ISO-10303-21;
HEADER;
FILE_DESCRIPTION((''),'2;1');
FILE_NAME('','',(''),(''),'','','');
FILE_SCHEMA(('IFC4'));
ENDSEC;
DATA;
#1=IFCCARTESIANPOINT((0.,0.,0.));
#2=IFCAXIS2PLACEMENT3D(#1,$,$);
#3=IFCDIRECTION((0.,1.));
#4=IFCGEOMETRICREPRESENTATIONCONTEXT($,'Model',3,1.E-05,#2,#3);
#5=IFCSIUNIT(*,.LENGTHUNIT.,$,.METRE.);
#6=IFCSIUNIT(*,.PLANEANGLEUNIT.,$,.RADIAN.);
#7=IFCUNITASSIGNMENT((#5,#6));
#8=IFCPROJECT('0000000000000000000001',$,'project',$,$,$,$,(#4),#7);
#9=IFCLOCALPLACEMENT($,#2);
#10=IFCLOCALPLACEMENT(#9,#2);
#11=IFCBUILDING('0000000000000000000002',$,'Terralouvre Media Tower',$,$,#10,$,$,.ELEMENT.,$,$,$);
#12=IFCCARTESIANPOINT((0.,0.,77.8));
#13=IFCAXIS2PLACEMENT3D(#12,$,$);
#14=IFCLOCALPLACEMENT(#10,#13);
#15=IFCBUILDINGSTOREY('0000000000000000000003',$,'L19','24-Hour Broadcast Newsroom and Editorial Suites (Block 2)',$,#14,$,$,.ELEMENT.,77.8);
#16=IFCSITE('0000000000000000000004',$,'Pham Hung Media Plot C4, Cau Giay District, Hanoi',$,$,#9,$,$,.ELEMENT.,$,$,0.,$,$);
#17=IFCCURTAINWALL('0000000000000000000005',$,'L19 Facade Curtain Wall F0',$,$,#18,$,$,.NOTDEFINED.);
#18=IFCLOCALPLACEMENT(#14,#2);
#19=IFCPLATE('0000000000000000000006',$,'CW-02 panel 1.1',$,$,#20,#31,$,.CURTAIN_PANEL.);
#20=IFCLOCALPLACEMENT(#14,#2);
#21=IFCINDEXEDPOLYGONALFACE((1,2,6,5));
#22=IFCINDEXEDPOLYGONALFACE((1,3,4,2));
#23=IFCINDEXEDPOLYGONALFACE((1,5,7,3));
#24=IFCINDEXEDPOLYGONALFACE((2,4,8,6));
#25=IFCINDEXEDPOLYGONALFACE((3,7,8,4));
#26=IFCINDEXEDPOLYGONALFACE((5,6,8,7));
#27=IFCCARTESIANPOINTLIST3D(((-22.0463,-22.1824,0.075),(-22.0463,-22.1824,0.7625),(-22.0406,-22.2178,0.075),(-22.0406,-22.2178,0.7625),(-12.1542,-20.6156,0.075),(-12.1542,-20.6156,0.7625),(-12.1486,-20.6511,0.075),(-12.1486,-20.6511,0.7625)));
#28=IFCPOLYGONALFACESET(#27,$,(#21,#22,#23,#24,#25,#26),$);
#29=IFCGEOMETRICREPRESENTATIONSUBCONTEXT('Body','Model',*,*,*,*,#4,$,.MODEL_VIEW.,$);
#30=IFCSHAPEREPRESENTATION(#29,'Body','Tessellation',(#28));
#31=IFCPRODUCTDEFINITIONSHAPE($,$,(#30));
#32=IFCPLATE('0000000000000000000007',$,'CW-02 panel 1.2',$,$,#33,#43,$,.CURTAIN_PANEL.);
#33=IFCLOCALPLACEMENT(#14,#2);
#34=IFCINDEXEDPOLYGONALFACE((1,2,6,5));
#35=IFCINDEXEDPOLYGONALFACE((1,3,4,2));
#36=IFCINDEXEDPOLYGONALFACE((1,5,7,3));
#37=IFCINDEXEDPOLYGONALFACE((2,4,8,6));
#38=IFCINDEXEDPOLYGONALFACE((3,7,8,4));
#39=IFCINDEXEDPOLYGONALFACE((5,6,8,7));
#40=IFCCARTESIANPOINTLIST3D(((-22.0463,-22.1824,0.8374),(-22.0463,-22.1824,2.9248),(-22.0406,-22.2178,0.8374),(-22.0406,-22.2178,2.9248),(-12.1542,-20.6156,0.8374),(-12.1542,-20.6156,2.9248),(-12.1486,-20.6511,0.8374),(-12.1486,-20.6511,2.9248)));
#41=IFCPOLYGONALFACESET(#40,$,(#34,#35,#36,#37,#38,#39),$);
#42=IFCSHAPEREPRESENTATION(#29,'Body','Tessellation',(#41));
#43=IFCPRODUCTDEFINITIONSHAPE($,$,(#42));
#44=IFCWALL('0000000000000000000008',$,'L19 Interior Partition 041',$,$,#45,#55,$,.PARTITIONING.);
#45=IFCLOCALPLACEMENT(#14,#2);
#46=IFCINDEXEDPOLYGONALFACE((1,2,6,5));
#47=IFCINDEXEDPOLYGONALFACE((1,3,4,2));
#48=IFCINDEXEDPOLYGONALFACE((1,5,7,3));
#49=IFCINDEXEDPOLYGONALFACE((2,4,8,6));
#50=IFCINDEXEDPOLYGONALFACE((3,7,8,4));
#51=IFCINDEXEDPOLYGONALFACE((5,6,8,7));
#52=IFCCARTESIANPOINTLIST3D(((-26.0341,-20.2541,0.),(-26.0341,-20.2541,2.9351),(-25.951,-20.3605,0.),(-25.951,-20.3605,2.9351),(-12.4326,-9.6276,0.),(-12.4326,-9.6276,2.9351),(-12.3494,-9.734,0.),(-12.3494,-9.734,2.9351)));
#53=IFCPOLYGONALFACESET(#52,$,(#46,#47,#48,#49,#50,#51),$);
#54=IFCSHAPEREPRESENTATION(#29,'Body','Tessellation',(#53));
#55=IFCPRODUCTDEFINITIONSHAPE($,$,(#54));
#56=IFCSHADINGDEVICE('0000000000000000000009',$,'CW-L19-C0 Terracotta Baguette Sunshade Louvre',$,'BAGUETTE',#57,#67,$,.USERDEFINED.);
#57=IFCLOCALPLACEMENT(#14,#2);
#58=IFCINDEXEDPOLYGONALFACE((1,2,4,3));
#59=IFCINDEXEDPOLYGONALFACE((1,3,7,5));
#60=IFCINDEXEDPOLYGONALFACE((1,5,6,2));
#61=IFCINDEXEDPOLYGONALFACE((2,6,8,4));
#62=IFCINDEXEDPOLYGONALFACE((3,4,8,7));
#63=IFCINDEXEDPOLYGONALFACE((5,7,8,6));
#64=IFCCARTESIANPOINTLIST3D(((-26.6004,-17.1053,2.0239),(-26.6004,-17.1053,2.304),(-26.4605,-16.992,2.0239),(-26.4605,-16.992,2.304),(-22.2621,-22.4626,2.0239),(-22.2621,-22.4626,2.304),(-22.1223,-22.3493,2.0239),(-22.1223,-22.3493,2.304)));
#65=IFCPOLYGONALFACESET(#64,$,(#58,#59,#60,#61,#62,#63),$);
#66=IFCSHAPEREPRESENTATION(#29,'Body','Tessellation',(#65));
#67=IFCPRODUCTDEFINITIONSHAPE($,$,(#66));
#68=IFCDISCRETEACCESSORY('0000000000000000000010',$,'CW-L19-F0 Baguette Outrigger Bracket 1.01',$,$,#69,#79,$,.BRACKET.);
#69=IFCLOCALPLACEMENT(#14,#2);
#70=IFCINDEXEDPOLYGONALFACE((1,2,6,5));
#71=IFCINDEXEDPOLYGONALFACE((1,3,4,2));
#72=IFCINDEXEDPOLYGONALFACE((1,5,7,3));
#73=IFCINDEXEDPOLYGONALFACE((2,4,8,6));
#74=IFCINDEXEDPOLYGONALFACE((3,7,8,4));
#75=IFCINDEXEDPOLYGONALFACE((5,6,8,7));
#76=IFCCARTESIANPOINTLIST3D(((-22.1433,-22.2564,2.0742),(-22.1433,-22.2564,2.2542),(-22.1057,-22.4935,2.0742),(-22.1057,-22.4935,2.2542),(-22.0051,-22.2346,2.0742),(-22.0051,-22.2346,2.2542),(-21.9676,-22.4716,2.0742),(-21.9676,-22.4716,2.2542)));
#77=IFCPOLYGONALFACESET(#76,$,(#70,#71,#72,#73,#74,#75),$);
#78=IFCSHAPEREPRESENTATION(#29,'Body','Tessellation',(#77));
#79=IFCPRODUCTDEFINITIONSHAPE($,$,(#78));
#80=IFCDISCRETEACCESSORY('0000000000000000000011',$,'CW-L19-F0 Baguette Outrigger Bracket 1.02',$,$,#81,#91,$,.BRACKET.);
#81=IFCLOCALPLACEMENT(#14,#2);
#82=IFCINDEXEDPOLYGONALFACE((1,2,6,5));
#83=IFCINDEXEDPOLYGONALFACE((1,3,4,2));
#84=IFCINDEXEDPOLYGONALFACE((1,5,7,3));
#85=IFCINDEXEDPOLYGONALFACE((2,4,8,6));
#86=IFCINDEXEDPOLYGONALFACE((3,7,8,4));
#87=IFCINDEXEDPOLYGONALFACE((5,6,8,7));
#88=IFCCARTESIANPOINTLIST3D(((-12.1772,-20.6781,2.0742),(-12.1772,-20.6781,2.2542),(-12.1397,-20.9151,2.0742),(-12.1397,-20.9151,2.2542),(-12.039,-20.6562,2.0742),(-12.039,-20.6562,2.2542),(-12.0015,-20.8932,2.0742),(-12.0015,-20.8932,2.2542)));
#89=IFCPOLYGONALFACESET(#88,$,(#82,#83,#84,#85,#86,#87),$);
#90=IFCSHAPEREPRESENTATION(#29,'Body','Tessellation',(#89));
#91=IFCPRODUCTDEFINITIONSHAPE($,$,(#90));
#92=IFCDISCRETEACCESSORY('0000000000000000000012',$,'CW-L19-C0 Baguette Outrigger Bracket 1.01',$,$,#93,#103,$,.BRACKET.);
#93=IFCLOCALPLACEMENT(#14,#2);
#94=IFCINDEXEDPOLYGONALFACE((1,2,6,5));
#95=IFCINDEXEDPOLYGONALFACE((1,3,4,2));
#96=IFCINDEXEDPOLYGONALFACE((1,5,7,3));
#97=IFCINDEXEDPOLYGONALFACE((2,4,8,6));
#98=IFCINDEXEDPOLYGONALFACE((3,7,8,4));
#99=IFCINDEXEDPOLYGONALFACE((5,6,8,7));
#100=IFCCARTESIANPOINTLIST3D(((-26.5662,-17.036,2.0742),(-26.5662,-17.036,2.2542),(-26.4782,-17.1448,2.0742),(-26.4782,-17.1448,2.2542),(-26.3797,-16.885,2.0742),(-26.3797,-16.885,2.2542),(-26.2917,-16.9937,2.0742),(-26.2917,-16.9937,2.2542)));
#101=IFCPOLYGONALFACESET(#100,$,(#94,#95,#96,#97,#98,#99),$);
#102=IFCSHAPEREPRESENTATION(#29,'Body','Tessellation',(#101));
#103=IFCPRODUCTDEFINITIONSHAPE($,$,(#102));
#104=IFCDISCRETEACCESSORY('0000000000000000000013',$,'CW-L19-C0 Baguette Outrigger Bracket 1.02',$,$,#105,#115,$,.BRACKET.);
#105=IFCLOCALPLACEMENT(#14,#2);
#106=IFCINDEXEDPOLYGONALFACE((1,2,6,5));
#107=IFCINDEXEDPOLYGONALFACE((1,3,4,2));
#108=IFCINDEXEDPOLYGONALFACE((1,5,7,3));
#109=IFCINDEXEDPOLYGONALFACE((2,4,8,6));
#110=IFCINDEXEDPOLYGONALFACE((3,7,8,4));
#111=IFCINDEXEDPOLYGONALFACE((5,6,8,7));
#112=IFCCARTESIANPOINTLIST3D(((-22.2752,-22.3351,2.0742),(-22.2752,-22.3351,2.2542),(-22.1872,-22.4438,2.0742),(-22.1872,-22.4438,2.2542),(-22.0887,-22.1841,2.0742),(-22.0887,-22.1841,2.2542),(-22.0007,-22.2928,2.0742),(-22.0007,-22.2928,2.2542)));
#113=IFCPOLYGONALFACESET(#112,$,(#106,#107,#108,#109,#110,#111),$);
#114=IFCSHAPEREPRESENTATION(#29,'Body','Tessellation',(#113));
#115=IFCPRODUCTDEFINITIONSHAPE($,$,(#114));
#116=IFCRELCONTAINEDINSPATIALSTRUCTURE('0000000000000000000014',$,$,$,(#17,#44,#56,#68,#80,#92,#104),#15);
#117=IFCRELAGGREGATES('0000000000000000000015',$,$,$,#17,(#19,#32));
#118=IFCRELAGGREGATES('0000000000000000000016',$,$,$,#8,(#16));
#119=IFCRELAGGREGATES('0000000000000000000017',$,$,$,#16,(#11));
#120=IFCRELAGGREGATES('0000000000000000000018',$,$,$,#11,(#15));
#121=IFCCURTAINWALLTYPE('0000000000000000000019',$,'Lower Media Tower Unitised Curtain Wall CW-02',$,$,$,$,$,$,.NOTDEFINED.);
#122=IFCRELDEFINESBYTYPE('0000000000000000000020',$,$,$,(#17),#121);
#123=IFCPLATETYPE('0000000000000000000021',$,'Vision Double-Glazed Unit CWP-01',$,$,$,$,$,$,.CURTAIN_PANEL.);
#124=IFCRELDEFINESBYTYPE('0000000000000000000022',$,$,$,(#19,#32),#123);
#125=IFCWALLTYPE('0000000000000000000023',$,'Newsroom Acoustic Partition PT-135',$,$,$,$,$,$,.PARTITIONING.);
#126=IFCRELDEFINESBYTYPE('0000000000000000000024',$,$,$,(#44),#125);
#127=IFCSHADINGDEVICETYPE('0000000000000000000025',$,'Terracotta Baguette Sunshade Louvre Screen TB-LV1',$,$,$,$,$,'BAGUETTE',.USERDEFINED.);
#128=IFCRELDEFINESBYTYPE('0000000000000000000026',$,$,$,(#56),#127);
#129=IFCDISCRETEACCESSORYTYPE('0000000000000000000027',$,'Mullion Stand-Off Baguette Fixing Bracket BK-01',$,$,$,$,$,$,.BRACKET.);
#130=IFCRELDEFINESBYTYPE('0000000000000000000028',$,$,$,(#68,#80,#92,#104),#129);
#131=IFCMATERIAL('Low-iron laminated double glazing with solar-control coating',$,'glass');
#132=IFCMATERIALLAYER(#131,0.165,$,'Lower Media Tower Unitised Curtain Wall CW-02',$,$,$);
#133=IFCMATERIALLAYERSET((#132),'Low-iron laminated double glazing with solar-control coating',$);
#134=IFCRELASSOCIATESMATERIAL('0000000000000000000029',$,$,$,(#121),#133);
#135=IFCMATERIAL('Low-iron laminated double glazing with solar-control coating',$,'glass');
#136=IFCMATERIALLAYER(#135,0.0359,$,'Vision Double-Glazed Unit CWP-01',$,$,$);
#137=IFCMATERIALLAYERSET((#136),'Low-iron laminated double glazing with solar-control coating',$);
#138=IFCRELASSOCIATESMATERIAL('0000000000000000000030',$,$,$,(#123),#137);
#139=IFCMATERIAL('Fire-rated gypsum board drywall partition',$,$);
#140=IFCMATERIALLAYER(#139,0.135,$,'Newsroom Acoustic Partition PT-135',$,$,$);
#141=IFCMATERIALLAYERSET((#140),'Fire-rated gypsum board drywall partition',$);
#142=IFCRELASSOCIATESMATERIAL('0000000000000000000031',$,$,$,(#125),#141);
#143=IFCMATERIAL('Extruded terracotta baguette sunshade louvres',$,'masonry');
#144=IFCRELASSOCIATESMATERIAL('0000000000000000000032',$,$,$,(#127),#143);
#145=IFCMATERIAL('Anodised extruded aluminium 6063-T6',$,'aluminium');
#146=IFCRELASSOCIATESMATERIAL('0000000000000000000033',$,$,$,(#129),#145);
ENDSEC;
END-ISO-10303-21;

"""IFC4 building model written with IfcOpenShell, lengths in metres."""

from ifc_helpers import new_model, si_unit, direction, frame, frame_2d, origin, origin_2d, place, context, subcontext, project, spatial, rectangle, extrude, material, layer, layer_set, type_object, element, aggregate, save


model = new_model("IFC4")

# Units and contexts
model_context = context("Model", 3, precision=1e-05, world=origin(), true_north=direction((0.0, 1.0)))
body_context = subcontext(model_context, "Body", "Model", "MODEL_VIEW")
ifc_project = project(units=[si_unit("LENGTHUNIT", "METRE"), si_unit("PLANEANGLEUNIT", "RADIAN")], contexts=[model_context])

# Site, building, storey
site_placement = place(None, origin())
site = spatial("IfcSite", under=ifc_project, at=site_placement, Name="Pham Hung Media Plot C4, Cau Giay District, Hanoi", CompositionType="ELEMENT", RefElevation=0.0)
building_placement = place(site_placement, origin())
building = spatial("IfcBuilding", under=site, at=building_placement, Name="Terralouvre Media Tower", CompositionType="ELEMENT")
storey_placement = place(building_placement, frame((0.0, 0.0, 77.8)))
storey = spatial("IfcBuildingStorey", under=building, at=storey_placement, Name="L19", Description="24-Hour Broadcast Newsroom and Editorial Suites (Block 2)", CompositionType="ELEMENT", Elevation=77.8)

# Curtain wall
ifc_material_1 = material(Name="Low-iron laminated double glazing with solar-control coating", Category="glass")
ifc_layer_1 = layer(ifc_material_1, 0.165, Name="Lower Media Tower Unitised Curtain Wall CW-02")
ifc_layer_set_1 = layer_set([ifc_layer_1], Name="Low-iron laminated double glazing with solar-control coating")
curtain_wall_type_1 = type_object("IfcCurtainWallType", Name="Lower Media Tower Unitised Curtain Wall CW-02", PredefinedType="NOTDEFINED", material=ifc_layer_set_1)
curtain_wall_1_placement = place(storey_placement, origin())
curtain_wall_1 = element("IfcCurtainWall", 1, at=curtain_wall_1_placement, inside=storey, type_object=curtain_wall_type_1, Name="L19 Facade Curtain Wall F0", PredefinedType="NOTDEFINED")

# Plates
ifc_material_2 = material(Name="Low-iron laminated double glazing with solar-control coating", Category="glass")
ifc_layer_2 = layer(ifc_material_2, 0.0359, Name="Vision Double-Glazed Unit CWP-01")
ifc_layer_set_2 = layer_set([ifc_layer_2], Name="Low-iron laminated double glazing with solar-control coating")
plate_type_1 = type_object("IfcPlateType", Name="Vision Double-Glazed Unit CWP-01", PredefinedType="CURTAIN_PANEL", material=ifc_layer_set_2)
plate_1_placement = place(storey_placement, frame((-17.0974, -21.4167, 0.075), z_axis=(0.0, 0.0, 1.0), x_axis=(0.987688, 0.156434, 0.0)))
plate_1 = element("IfcPlate", 2, at=plate_1_placement, type_object=plate_type_1, Name="CW-02 panel 1.1", PredefinedType="CURTAIN_PANEL", context=body_context, shape_type="SweptSolid", body=[
    extrude(rectangle(XDim=10.0154, YDim=0.0359, at=origin_2d()), origin(), (0.0, 0.0, 1.0), 0.6875),
])
plate_2_placement = place(storey_placement, frame((-17.0974, -21.4167, 0.8374), z_axis=(0.0, 0.0, 1.0), x_axis=(0.987688, 0.156434, 0.0)))
plate_2 = element("IfcPlate", 3, at=plate_2_placement, type_object=plate_type_1, Name="CW-02 panel 1.2", PredefinedType="CURTAIN_PANEL", context=body_context, shape_type="SweptSolid", body=[
    extrude(rectangle(XDim=10.0154, YDim=0.0359, at=origin_2d()), origin(), (0.0, 0.0, 1.0), 2.0874),
])
aggregate(curtain_wall_1, [plate_1, plate_2])

# Wall
ifc_material_3 = material(Name="Fire-rated gypsum board drywall partition")
ifc_layer_3 = layer(ifc_material_3, 0.135, Name="Newsroom Acoustic Partition PT-135")
ifc_layer_set_3 = layer_set([ifc_layer_3], Name="Fire-rated gypsum board drywall partition")
wall_type = type_object("IfcWallType", Name="Newsroom Acoustic Partition PT-135", PredefinedType="PARTITIONING", material=ifc_layer_set_3)
wall_placement = place(storey_placement, frame((-25.9927, -20.3074, 0.0), z_axis=(0.0, 0.0, 1.0), x_axis=(0.788018, 0.615653, 0.0)))
element("IfcWall", 4, at=wall_placement, inside=storey, type_object=wall_type, Name="L19 Interior Partition 041", PredefinedType="PARTITIONING", context=body_context, shape_type="SweptSolid", body=[
    extrude(rectangle(XDim=17.2605, YDim=0.135, at=frame_2d((8.6304, 0.0))), origin(), (0.0, 0.0, 1.0), 2.9351),
])

# Shading device
ifc_material_4 = material(Name="Extruded terracotta baguette sunshade louvres", Category="masonry")
shading_device_type = type_object("IfcShadingDeviceType", Name="Terracotta Baguette Sunshade Louvre Screen TB-LV1", ElementType="BAGUETTE", PredefinedType="USERDEFINED", material=ifc_material_4)
shading_device_placement = place(storey_placement, frame((-24.3613, -19.7273, 2.0239), z_axis=(0.0, 0.0, 1.0), x_axis=(0.62932, -0.777146, 0.0)))
element("IfcShadingDevice", 5, at=shading_device_placement, inside=storey, type_object=shading_device_type, Name="CW-L19-C0 Terracotta Baguette Sunshade Louvre", ObjectType="BAGUETTE", PredefinedType="USERDEFINED", context=body_context, shape_type="SweptSolid", body=[
    extrude(rectangle(XDim=6.8936, YDim=0.1799, at=origin_2d()), origin(), (0.0, 0.0, 1.0), 0.28),
])

# Discrete accessories
ifc_material_5 = material(Name="Anodised extruded aluminium 6063-T6", Category="aluminium")
discrete_accessory_type = type_object("IfcDiscreteAccessoryType", Name="Mullion Stand-Off Baguette Fixing Bracket BK-01", PredefinedType="BRACKET", material=ifc_material_5)
for number, where, z_axis, x_axis, name in (
    (6, (-22.0554, -22.364, 2.0742), (0.0, 0.0, 1.0), (0.987688, 0.156434, 0.0), "CW-L19-F0 Baguette Outrigger Bracket 1.01"),
    (7, (-12.0894, -20.7856, 2.0742), (0.0, 0.0, 1.0), (0.987688, 0.156434, 0.0), "CW-L19-F0 Baguette Outrigger Bracket 1.02"),
    (8, (-26.429, -17.0149, 2.0742), (0.0, 0.0, 1.0), (0.62932, -0.777146, 0.0), "CW-L19-C0 Baguette Outrigger Bracket 1.01"),
    (9, (-22.1379, -22.314, 2.0742), (0.0, 0.0, 1.0), (0.62932, -0.777146, 0.0), "CW-L19-C0 Baguette Outrigger Bracket 1.02"),
):
    element("IfcDiscreteAccessory", number, at=place(storey_placement, frame(where, z_axis=z_axis, x_axis=x_axis)), inside=storey, type_object=discrete_accessory_type, Name=name, PredefinedType="BRACKET", context=body_context, shape_type="SweptSolid", body=[
        extrude(rectangle(XDim=0.1399, YDim=0.24, at=origin_2d()), origin(), (0.0, 0.0, 1.0), 0.1799),
    ])

save(model, "model.ifc")
